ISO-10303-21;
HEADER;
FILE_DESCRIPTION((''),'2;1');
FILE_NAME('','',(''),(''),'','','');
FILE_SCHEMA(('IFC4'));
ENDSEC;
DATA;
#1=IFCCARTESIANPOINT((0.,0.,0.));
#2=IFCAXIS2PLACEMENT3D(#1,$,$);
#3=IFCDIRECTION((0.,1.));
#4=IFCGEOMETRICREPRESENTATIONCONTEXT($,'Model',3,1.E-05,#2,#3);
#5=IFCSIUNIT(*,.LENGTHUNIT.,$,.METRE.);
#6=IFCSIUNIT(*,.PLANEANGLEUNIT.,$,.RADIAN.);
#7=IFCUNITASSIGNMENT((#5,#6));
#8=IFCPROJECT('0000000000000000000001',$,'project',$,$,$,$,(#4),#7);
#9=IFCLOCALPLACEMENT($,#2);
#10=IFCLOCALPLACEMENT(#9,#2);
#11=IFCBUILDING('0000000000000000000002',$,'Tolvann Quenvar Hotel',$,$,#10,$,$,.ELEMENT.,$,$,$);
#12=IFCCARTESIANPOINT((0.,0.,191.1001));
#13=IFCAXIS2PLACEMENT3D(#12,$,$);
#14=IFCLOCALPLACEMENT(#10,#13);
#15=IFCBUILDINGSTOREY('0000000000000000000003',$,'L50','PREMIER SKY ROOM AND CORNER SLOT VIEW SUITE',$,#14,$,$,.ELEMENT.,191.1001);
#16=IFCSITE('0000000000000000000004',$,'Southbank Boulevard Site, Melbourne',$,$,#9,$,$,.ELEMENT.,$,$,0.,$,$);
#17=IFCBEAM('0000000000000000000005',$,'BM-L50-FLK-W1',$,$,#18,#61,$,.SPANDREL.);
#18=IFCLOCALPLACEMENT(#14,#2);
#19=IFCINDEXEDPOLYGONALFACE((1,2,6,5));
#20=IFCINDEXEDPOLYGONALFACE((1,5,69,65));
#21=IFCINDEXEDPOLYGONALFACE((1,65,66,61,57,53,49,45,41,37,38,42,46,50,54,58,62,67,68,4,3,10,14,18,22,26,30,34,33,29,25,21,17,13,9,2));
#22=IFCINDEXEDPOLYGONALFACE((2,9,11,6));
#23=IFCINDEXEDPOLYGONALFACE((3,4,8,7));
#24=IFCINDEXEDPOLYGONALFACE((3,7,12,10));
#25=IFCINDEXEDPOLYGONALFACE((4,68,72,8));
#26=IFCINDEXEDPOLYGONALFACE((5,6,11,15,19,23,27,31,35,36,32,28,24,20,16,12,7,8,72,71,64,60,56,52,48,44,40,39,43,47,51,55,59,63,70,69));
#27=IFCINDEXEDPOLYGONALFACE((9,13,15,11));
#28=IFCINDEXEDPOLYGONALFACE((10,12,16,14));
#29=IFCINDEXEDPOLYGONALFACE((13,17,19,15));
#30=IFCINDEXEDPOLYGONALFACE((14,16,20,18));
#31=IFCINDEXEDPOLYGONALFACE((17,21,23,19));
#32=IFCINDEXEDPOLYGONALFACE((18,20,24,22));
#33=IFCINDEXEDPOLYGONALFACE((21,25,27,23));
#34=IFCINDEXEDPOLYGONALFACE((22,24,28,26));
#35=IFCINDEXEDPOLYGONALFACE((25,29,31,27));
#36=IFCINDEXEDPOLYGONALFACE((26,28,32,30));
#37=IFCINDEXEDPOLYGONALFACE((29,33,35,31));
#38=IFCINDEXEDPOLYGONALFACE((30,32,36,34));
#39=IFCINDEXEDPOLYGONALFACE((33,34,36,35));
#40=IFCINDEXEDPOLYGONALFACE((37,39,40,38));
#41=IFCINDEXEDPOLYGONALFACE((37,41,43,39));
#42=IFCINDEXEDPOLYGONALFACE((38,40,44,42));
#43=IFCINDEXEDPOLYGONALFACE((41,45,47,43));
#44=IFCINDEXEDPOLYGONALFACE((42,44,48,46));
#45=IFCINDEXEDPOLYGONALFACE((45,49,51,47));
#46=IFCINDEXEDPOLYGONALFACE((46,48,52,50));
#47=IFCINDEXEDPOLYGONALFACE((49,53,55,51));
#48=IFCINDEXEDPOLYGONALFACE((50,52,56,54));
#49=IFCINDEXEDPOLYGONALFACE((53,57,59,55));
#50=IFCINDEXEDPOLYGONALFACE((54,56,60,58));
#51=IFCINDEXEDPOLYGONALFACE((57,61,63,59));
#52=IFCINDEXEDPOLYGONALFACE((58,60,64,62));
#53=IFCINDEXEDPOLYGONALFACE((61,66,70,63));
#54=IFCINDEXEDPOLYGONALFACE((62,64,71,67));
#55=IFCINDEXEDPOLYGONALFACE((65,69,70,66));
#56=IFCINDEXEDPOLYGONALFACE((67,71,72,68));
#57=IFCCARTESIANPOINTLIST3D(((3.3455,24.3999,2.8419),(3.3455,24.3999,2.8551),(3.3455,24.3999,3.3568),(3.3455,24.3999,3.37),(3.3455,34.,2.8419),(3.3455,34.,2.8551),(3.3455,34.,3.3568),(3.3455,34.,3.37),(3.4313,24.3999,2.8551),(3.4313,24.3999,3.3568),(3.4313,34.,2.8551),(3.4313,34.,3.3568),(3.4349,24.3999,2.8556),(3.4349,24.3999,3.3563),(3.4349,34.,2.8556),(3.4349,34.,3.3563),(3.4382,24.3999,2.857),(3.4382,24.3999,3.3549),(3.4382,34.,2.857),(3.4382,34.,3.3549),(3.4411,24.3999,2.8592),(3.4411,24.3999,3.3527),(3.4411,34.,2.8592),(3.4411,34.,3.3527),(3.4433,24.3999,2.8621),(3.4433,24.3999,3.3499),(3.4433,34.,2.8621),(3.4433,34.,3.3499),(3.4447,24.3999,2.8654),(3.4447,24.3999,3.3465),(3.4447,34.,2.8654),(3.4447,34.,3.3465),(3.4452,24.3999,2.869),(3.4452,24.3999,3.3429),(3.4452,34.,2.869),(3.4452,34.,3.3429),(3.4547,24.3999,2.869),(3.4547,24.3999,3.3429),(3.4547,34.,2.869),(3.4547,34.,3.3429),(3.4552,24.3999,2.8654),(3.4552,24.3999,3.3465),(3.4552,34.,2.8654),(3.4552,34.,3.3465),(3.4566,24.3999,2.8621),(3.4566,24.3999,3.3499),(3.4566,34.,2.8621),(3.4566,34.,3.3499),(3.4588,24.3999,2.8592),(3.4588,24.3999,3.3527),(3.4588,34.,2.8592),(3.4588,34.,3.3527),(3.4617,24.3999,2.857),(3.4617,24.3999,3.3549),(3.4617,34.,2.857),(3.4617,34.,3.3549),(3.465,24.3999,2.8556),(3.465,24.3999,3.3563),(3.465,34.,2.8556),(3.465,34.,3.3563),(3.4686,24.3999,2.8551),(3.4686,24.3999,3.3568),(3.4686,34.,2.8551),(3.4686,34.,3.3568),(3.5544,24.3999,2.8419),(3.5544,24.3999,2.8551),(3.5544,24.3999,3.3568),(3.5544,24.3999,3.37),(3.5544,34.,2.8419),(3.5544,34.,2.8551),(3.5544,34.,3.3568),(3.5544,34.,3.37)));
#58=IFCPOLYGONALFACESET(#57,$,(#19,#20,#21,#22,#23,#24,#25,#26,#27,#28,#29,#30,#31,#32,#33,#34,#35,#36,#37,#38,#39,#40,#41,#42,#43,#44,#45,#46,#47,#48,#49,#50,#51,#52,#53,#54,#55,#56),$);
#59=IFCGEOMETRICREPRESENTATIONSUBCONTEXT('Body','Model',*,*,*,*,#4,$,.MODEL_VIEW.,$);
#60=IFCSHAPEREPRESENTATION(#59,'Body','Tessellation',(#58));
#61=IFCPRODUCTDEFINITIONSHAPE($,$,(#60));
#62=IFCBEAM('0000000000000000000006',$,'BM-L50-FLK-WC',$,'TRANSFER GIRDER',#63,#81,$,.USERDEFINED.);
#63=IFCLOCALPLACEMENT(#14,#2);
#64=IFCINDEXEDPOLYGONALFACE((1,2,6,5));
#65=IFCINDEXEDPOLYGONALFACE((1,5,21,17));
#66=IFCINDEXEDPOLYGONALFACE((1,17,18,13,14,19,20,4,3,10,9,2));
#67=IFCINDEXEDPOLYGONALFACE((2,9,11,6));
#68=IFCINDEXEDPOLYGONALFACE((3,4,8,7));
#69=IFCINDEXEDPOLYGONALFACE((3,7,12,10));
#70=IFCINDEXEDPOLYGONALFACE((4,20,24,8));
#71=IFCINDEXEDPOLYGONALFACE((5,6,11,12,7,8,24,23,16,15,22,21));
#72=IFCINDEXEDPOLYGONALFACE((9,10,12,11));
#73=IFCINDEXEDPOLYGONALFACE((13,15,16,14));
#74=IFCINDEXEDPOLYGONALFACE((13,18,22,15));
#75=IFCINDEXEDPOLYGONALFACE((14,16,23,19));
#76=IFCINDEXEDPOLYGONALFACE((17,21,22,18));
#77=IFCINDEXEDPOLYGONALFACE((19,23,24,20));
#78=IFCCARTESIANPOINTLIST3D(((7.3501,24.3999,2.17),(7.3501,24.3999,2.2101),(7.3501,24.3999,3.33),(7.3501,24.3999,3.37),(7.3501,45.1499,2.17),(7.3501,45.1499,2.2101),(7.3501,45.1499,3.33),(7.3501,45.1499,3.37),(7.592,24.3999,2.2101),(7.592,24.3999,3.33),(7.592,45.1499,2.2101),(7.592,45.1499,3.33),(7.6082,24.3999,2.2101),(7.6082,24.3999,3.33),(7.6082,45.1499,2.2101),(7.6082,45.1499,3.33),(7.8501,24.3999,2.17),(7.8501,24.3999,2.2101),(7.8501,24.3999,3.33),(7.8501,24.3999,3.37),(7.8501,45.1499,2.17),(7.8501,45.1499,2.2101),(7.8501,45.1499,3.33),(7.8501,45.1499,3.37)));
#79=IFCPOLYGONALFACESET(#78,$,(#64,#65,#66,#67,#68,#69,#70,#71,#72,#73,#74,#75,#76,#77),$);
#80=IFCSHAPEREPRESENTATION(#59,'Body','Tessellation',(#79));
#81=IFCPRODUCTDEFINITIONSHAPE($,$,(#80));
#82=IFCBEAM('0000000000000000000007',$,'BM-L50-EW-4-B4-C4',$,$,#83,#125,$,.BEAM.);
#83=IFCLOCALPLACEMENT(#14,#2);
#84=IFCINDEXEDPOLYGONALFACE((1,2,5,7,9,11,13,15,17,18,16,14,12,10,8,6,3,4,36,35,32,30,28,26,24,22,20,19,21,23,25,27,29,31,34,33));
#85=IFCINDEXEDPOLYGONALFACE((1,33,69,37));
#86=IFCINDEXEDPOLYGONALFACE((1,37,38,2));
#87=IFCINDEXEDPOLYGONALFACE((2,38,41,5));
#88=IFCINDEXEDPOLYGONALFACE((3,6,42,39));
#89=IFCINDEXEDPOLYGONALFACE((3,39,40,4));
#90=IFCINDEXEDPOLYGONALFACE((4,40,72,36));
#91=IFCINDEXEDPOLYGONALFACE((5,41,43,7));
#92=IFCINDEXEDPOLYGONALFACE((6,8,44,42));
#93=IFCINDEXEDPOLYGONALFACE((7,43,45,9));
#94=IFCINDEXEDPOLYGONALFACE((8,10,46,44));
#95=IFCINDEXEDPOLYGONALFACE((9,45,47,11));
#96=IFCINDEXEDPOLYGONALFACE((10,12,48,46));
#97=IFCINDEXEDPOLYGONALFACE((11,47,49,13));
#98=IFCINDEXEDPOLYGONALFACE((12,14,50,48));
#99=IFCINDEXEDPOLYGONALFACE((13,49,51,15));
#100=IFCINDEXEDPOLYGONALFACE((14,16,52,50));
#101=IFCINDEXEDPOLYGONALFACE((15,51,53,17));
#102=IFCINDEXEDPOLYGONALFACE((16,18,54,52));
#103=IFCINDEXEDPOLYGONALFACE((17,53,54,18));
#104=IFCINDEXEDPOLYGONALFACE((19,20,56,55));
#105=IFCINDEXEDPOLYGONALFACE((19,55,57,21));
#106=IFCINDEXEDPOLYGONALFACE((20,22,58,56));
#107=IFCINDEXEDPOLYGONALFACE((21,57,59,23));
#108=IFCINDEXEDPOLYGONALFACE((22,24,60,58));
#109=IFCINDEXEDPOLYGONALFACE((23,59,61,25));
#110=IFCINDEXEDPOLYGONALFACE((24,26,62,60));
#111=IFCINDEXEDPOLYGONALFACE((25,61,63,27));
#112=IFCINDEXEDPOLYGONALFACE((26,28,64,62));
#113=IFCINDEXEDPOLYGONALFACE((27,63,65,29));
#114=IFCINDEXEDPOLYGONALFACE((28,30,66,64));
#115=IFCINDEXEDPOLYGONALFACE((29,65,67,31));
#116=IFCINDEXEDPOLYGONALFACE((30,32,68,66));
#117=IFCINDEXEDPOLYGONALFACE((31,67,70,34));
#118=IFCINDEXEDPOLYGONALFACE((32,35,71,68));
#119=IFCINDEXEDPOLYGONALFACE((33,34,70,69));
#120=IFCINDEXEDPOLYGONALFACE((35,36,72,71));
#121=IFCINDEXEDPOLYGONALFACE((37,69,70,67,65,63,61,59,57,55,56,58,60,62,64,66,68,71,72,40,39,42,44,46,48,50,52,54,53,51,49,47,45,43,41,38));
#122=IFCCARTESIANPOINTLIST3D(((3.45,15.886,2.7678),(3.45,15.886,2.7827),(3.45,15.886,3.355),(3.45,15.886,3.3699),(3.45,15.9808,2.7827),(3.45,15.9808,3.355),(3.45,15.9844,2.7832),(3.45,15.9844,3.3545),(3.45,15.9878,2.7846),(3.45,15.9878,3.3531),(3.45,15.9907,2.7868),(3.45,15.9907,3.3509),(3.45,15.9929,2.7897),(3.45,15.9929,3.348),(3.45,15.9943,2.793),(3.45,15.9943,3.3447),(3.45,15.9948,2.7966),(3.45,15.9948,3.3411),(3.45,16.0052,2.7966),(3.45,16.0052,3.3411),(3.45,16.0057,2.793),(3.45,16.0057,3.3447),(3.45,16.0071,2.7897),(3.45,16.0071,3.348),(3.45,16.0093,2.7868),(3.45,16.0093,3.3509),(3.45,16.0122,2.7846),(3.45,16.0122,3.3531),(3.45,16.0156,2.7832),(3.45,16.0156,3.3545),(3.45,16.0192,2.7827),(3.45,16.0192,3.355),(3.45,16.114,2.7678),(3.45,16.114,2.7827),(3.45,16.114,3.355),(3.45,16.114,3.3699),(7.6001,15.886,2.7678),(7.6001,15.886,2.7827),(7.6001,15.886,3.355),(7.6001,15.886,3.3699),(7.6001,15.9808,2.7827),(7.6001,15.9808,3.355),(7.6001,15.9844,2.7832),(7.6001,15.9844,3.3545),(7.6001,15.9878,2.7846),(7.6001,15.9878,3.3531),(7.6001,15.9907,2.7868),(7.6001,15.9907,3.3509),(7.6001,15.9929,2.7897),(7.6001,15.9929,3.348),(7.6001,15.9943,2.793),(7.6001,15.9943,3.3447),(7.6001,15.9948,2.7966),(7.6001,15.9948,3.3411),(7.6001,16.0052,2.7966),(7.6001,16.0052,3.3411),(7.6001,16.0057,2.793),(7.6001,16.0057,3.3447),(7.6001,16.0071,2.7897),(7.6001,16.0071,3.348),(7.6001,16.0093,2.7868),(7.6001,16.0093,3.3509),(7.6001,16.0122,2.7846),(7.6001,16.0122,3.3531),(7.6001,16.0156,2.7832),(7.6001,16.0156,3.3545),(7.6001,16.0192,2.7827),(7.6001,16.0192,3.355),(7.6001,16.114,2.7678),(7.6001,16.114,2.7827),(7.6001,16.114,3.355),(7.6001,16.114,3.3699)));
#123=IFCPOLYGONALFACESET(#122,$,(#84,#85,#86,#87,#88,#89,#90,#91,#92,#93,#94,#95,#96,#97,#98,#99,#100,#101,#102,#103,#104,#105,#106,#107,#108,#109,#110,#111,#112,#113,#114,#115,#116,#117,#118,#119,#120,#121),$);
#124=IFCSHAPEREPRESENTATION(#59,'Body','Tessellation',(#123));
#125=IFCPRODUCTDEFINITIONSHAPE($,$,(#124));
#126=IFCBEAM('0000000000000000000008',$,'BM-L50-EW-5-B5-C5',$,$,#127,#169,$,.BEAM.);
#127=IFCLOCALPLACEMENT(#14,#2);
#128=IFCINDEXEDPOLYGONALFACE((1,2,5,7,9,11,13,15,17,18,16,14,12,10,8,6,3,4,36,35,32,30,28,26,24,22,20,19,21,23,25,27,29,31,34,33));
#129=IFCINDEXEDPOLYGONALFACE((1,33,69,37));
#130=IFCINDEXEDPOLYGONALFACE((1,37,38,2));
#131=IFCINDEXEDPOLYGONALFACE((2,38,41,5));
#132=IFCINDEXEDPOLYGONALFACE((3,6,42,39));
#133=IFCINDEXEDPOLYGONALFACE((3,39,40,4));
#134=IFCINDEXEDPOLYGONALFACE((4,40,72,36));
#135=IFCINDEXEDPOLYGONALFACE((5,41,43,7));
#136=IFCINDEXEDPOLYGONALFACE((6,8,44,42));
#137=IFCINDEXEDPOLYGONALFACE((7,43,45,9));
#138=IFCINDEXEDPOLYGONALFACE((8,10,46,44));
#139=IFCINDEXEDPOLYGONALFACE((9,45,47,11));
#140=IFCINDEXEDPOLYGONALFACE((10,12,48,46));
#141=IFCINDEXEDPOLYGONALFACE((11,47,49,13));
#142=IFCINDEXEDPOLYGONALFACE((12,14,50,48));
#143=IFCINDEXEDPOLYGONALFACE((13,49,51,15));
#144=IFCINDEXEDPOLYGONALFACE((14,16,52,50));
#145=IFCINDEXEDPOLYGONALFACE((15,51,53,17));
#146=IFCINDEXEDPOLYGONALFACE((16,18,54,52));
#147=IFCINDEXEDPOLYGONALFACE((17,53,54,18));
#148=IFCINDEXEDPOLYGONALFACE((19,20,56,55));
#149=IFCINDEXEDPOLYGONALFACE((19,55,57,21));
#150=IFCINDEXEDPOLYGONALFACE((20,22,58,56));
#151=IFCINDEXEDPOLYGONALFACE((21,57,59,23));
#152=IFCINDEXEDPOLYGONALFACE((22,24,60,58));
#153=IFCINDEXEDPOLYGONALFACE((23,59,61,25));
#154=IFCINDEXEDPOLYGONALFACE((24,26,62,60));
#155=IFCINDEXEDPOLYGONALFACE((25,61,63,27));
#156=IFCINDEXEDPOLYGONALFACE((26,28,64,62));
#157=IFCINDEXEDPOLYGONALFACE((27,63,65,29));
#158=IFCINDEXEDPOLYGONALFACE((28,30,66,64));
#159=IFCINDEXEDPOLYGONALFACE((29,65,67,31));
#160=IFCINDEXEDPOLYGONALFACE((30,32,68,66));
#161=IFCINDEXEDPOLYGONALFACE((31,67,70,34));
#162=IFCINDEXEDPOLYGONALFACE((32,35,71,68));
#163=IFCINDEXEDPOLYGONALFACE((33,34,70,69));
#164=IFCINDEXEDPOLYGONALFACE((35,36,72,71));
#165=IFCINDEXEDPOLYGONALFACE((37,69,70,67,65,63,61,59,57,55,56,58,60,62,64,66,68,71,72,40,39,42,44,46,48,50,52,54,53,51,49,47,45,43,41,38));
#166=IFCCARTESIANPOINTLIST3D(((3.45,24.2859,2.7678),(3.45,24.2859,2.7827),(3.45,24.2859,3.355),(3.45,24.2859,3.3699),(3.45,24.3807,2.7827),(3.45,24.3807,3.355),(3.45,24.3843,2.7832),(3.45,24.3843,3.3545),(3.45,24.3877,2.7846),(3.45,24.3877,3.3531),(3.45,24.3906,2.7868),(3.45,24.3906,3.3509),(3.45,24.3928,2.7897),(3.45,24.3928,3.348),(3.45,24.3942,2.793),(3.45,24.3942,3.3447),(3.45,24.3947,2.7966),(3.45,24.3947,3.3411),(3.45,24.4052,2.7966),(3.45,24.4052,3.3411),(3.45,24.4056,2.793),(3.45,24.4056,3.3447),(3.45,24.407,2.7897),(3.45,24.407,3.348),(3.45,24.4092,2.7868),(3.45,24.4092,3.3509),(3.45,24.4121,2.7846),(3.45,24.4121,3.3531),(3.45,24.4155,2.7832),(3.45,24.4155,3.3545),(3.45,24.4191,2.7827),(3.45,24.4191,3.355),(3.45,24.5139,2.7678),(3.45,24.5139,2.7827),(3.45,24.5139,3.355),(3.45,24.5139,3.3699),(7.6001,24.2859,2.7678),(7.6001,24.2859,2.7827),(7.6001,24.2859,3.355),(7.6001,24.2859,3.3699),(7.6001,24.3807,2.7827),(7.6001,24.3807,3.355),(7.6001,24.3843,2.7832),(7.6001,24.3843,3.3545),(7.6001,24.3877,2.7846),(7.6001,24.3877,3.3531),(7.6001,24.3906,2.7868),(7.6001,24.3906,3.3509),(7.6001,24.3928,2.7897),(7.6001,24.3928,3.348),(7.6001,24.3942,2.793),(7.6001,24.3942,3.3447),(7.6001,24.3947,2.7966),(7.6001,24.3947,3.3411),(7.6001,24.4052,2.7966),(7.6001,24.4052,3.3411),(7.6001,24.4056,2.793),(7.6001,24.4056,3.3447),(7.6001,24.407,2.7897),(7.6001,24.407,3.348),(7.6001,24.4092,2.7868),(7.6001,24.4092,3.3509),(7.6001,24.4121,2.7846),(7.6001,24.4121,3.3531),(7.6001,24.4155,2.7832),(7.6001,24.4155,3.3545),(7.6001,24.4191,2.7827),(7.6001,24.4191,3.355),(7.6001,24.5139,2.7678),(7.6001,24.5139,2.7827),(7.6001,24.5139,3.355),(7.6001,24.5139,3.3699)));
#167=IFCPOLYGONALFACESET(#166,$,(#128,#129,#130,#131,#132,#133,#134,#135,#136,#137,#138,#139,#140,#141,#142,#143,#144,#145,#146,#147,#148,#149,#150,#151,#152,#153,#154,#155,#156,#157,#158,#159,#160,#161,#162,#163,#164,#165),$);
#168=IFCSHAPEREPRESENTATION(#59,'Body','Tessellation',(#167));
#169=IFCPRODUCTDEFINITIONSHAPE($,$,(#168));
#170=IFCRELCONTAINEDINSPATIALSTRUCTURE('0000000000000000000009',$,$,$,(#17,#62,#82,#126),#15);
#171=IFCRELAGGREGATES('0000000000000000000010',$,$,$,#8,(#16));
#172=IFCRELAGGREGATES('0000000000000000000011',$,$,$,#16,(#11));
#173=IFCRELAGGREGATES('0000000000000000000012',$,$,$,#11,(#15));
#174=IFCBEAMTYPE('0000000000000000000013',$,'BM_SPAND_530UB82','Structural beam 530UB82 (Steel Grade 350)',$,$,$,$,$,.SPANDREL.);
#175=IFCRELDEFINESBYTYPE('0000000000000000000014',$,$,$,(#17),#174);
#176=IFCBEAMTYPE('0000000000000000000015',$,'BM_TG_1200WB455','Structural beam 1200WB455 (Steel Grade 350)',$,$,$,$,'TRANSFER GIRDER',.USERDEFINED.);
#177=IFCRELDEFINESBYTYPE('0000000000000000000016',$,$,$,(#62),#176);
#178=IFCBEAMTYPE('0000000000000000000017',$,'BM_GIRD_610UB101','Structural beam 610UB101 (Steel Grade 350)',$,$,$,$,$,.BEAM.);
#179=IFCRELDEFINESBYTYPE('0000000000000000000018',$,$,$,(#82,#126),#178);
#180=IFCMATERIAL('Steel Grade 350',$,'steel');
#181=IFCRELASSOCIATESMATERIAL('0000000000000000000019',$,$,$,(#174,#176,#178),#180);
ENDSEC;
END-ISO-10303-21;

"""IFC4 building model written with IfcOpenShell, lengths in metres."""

from ifc_helpers import new_model, si_unit, direction, frame, origin, origin_2d, place, context, subcontext, project, spatial, i_section, extrude, source, transform, mapped, material, material_profile, profile_set, type_object, type_shapes, element, save


model = new_model("IFC4")

# Units and contexts
model_context = context("Model", 3, precision=1e-05, world=origin(), true_north=direction((0.0, 1.0)))
body_context = subcontext(model_context, "Body", "Model", "MODEL_VIEW")
ifc_project = project(units=[si_unit("LENGTHUNIT", "METRE"), si_unit("PLANEANGLEUNIT", "RADIAN")], contexts=[model_context])

# Site, building, storey
site_placement = place(None, origin())
site = spatial("IfcSite", under=ifc_project, at=site_placement, Name="Southbank Boulevard Site, Melbourne", CompositionType="ELEMENT", RefElevation=0.0)
building_placement = place(site_placement, origin())
building = spatial("IfcBuilding", under=site, at=building_placement, Name="Tolvann Quenvar Hotel", CompositionType="ELEMENT")
storey_placement = place(building_placement, frame((0.0, 0.0, 191.1001)))
storey = spatial("IfcBuildingStorey", under=building, at=storey_placement, Name="L50", Description="PREMIER SKY ROOM AND CORNER SLOT VIEW SUITE", CompositionType="ELEMENT", Elevation=191.1001)

# Shared definitions
ifc_material_1 = material(Name="Steel Grade 350", Category="steel")

# Beams
ifc_material_profile_1 = material_profile(ifc_material_1, i_section(OverallWidth=0.209, OverallDepth=0.5281, WebThickness=0.0095, FlangeThickness=0.0132, FilletRadius=0.0139, at=origin_2d()), Name="530UB82")
ifc_profile_set_1 = profile_set([ifc_material_profile_1], Name="Steel Grade 350")
beam_type_1 = type_object("IfcBeamType", Name="BM_SPAND_530UB82", Description="Structural beam 530UB82 (Steel Grade 350)", PredefinedType="SPANDREL", material=ifc_profile_set_1)
shared_shape_1 = source(origin(), body_context, "Body", "SweptSolid", [
    extrude(i_section(OverallWidth=0.209, OverallDepth=0.5281, WebThickness=0.0095, FlangeThickness=0.0132, FilletRadius=0.0139, at=origin_2d()), origin(), (0.0, 0.0, 1.0), 9.6001),
])
beam_1_placement = place(storey_placement, frame((3.45, 24.3999, 3.106), z_axis=(0.0, 1.0, 0.0), x_axis=(-1.0, 0.0, 0.0)))
element("IfcBeam", 1, at=beam_1_placement, inside=storey, type_object=beam_type_1, Name="BM-L50-FLK-W1", PredefinedType="SPANDREL", context=body_context, shape_type="MappedRepresentation", body=[
    mapped(shared_shape_1, transform((0.0, 0.0, 0.0), x_axis=(1.0, 0.0, 0.0), y_axis=(0.0, 1.0, 0.0), z_axis=(0.0, 0.0, 1.0), scale=1.0)),
])
ifc_material_profile_2 = material_profile(ifc_material_1, i_section(OverallWidth=0.5, OverallDepth=1.2, WebThickness=0.0161, FlangeThickness=0.04, at=origin_2d()), Name="1200WB455")
ifc_profile_set_2 = profile_set([ifc_material_profile_2], Name="Steel Grade 350")
beam_type_2 = type_object("IfcBeamType", Name="BM_TG_1200WB455", Description="Structural beam 1200WB455 (Steel Grade 350)", ElementType="TRANSFER GIRDER", PredefinedType="USERDEFINED", material=ifc_profile_set_2)
shared_shape_2 = source(origin(), body_context, "Body", "SweptSolid", [
    extrude(i_section(OverallWidth=0.5, OverallDepth=1.2, WebThickness=0.0161, FlangeThickness=0.04, at=origin_2d()), origin(), (0.0, 0.0, 1.0), 20.75),
])
type_shapes(beam_type_2, [shared_shape_2])
beam_2_placement = place(storey_placement, frame((7.6001, 24.3999, 2.77), z_axis=(0.0, 1.0, 0.0), x_axis=(-1.0, 0.0, 0.0)))
element("IfcBeam", 2, at=beam_2_placement, inside=storey, type_object=beam_type_2, Name="BM-L50-FLK-WC", ObjectType="TRANSFER GIRDER", PredefinedType="USERDEFINED", context=body_context, shape_type="MappedRepresentation", body=[
    mapped(shared_shape_2, transform((0.0, 0.0, 0.0), x_axis=(1.0, 0.0, 0.0), y_axis=(0.0, 1.0, 0.0), z_axis=(0.0, 0.0, 1.0), scale=1.0)),
])
ifc_material_profile_3 = material_profile(ifc_material_1, i_section(OverallWidth=0.228, OverallDepth=0.6021, WebThickness=0.0105, FlangeThickness=0.0149, FilletRadius=0.0139, at=origin_2d()), Name="610UB101")
ifc_profile_set_3 = profile_set([ifc_material_profile_3], Name="Steel Grade 350")
beam_type_3 = type_object("IfcBeamType", Name="BM_GIRD_610UB101", Description="Structural beam 610UB101 (Steel Grade 350)", PredefinedType="BEAM", material=ifc_profile_set_3)
shared_shape_3 = source(origin(), body_context, "Body", "SweptSolid", [
    extrude(i_section(OverallWidth=0.228, OverallDepth=0.6021, WebThickness=0.0105, FlangeThickness=0.0149, FilletRadius=0.0139, at=origin_2d()), origin(), (0.0, 0.0, 1.0), 4.1501),
])
for number, where, z_axis, x_axis, name in (
    (3, (3.45, 16.0, 3.0688), (1.0, 0.0, 0.0), (0.0, 1.0, 0.0), "BM-L50-EW-4-B4-C4"),
    (4, (3.45, 24.3999, 3.0688), (1.0, 0.0, 0.0), (0.0, 1.0, 0.0), "BM-L50-EW-5-B5-C5"),
):
    element("IfcBeam", number, at=place(storey_placement, frame(where, z_axis=z_axis, x_axis=x_axis)), inside=storey, type_object=beam_type_3, Name=name, PredefinedType="BEAM", context=body_context, shape_type="MappedRepresentation", body=[
        mapped(shared_shape_3, transform((0.0, 0.0, 0.0), x_axis=(1.0, 0.0, 0.0), y_axis=(0.0, 1.0, 0.0), z_axis=(0.0, 0.0, 1.0), scale=1.0)),
    ])

save(model, "model.ifc")
